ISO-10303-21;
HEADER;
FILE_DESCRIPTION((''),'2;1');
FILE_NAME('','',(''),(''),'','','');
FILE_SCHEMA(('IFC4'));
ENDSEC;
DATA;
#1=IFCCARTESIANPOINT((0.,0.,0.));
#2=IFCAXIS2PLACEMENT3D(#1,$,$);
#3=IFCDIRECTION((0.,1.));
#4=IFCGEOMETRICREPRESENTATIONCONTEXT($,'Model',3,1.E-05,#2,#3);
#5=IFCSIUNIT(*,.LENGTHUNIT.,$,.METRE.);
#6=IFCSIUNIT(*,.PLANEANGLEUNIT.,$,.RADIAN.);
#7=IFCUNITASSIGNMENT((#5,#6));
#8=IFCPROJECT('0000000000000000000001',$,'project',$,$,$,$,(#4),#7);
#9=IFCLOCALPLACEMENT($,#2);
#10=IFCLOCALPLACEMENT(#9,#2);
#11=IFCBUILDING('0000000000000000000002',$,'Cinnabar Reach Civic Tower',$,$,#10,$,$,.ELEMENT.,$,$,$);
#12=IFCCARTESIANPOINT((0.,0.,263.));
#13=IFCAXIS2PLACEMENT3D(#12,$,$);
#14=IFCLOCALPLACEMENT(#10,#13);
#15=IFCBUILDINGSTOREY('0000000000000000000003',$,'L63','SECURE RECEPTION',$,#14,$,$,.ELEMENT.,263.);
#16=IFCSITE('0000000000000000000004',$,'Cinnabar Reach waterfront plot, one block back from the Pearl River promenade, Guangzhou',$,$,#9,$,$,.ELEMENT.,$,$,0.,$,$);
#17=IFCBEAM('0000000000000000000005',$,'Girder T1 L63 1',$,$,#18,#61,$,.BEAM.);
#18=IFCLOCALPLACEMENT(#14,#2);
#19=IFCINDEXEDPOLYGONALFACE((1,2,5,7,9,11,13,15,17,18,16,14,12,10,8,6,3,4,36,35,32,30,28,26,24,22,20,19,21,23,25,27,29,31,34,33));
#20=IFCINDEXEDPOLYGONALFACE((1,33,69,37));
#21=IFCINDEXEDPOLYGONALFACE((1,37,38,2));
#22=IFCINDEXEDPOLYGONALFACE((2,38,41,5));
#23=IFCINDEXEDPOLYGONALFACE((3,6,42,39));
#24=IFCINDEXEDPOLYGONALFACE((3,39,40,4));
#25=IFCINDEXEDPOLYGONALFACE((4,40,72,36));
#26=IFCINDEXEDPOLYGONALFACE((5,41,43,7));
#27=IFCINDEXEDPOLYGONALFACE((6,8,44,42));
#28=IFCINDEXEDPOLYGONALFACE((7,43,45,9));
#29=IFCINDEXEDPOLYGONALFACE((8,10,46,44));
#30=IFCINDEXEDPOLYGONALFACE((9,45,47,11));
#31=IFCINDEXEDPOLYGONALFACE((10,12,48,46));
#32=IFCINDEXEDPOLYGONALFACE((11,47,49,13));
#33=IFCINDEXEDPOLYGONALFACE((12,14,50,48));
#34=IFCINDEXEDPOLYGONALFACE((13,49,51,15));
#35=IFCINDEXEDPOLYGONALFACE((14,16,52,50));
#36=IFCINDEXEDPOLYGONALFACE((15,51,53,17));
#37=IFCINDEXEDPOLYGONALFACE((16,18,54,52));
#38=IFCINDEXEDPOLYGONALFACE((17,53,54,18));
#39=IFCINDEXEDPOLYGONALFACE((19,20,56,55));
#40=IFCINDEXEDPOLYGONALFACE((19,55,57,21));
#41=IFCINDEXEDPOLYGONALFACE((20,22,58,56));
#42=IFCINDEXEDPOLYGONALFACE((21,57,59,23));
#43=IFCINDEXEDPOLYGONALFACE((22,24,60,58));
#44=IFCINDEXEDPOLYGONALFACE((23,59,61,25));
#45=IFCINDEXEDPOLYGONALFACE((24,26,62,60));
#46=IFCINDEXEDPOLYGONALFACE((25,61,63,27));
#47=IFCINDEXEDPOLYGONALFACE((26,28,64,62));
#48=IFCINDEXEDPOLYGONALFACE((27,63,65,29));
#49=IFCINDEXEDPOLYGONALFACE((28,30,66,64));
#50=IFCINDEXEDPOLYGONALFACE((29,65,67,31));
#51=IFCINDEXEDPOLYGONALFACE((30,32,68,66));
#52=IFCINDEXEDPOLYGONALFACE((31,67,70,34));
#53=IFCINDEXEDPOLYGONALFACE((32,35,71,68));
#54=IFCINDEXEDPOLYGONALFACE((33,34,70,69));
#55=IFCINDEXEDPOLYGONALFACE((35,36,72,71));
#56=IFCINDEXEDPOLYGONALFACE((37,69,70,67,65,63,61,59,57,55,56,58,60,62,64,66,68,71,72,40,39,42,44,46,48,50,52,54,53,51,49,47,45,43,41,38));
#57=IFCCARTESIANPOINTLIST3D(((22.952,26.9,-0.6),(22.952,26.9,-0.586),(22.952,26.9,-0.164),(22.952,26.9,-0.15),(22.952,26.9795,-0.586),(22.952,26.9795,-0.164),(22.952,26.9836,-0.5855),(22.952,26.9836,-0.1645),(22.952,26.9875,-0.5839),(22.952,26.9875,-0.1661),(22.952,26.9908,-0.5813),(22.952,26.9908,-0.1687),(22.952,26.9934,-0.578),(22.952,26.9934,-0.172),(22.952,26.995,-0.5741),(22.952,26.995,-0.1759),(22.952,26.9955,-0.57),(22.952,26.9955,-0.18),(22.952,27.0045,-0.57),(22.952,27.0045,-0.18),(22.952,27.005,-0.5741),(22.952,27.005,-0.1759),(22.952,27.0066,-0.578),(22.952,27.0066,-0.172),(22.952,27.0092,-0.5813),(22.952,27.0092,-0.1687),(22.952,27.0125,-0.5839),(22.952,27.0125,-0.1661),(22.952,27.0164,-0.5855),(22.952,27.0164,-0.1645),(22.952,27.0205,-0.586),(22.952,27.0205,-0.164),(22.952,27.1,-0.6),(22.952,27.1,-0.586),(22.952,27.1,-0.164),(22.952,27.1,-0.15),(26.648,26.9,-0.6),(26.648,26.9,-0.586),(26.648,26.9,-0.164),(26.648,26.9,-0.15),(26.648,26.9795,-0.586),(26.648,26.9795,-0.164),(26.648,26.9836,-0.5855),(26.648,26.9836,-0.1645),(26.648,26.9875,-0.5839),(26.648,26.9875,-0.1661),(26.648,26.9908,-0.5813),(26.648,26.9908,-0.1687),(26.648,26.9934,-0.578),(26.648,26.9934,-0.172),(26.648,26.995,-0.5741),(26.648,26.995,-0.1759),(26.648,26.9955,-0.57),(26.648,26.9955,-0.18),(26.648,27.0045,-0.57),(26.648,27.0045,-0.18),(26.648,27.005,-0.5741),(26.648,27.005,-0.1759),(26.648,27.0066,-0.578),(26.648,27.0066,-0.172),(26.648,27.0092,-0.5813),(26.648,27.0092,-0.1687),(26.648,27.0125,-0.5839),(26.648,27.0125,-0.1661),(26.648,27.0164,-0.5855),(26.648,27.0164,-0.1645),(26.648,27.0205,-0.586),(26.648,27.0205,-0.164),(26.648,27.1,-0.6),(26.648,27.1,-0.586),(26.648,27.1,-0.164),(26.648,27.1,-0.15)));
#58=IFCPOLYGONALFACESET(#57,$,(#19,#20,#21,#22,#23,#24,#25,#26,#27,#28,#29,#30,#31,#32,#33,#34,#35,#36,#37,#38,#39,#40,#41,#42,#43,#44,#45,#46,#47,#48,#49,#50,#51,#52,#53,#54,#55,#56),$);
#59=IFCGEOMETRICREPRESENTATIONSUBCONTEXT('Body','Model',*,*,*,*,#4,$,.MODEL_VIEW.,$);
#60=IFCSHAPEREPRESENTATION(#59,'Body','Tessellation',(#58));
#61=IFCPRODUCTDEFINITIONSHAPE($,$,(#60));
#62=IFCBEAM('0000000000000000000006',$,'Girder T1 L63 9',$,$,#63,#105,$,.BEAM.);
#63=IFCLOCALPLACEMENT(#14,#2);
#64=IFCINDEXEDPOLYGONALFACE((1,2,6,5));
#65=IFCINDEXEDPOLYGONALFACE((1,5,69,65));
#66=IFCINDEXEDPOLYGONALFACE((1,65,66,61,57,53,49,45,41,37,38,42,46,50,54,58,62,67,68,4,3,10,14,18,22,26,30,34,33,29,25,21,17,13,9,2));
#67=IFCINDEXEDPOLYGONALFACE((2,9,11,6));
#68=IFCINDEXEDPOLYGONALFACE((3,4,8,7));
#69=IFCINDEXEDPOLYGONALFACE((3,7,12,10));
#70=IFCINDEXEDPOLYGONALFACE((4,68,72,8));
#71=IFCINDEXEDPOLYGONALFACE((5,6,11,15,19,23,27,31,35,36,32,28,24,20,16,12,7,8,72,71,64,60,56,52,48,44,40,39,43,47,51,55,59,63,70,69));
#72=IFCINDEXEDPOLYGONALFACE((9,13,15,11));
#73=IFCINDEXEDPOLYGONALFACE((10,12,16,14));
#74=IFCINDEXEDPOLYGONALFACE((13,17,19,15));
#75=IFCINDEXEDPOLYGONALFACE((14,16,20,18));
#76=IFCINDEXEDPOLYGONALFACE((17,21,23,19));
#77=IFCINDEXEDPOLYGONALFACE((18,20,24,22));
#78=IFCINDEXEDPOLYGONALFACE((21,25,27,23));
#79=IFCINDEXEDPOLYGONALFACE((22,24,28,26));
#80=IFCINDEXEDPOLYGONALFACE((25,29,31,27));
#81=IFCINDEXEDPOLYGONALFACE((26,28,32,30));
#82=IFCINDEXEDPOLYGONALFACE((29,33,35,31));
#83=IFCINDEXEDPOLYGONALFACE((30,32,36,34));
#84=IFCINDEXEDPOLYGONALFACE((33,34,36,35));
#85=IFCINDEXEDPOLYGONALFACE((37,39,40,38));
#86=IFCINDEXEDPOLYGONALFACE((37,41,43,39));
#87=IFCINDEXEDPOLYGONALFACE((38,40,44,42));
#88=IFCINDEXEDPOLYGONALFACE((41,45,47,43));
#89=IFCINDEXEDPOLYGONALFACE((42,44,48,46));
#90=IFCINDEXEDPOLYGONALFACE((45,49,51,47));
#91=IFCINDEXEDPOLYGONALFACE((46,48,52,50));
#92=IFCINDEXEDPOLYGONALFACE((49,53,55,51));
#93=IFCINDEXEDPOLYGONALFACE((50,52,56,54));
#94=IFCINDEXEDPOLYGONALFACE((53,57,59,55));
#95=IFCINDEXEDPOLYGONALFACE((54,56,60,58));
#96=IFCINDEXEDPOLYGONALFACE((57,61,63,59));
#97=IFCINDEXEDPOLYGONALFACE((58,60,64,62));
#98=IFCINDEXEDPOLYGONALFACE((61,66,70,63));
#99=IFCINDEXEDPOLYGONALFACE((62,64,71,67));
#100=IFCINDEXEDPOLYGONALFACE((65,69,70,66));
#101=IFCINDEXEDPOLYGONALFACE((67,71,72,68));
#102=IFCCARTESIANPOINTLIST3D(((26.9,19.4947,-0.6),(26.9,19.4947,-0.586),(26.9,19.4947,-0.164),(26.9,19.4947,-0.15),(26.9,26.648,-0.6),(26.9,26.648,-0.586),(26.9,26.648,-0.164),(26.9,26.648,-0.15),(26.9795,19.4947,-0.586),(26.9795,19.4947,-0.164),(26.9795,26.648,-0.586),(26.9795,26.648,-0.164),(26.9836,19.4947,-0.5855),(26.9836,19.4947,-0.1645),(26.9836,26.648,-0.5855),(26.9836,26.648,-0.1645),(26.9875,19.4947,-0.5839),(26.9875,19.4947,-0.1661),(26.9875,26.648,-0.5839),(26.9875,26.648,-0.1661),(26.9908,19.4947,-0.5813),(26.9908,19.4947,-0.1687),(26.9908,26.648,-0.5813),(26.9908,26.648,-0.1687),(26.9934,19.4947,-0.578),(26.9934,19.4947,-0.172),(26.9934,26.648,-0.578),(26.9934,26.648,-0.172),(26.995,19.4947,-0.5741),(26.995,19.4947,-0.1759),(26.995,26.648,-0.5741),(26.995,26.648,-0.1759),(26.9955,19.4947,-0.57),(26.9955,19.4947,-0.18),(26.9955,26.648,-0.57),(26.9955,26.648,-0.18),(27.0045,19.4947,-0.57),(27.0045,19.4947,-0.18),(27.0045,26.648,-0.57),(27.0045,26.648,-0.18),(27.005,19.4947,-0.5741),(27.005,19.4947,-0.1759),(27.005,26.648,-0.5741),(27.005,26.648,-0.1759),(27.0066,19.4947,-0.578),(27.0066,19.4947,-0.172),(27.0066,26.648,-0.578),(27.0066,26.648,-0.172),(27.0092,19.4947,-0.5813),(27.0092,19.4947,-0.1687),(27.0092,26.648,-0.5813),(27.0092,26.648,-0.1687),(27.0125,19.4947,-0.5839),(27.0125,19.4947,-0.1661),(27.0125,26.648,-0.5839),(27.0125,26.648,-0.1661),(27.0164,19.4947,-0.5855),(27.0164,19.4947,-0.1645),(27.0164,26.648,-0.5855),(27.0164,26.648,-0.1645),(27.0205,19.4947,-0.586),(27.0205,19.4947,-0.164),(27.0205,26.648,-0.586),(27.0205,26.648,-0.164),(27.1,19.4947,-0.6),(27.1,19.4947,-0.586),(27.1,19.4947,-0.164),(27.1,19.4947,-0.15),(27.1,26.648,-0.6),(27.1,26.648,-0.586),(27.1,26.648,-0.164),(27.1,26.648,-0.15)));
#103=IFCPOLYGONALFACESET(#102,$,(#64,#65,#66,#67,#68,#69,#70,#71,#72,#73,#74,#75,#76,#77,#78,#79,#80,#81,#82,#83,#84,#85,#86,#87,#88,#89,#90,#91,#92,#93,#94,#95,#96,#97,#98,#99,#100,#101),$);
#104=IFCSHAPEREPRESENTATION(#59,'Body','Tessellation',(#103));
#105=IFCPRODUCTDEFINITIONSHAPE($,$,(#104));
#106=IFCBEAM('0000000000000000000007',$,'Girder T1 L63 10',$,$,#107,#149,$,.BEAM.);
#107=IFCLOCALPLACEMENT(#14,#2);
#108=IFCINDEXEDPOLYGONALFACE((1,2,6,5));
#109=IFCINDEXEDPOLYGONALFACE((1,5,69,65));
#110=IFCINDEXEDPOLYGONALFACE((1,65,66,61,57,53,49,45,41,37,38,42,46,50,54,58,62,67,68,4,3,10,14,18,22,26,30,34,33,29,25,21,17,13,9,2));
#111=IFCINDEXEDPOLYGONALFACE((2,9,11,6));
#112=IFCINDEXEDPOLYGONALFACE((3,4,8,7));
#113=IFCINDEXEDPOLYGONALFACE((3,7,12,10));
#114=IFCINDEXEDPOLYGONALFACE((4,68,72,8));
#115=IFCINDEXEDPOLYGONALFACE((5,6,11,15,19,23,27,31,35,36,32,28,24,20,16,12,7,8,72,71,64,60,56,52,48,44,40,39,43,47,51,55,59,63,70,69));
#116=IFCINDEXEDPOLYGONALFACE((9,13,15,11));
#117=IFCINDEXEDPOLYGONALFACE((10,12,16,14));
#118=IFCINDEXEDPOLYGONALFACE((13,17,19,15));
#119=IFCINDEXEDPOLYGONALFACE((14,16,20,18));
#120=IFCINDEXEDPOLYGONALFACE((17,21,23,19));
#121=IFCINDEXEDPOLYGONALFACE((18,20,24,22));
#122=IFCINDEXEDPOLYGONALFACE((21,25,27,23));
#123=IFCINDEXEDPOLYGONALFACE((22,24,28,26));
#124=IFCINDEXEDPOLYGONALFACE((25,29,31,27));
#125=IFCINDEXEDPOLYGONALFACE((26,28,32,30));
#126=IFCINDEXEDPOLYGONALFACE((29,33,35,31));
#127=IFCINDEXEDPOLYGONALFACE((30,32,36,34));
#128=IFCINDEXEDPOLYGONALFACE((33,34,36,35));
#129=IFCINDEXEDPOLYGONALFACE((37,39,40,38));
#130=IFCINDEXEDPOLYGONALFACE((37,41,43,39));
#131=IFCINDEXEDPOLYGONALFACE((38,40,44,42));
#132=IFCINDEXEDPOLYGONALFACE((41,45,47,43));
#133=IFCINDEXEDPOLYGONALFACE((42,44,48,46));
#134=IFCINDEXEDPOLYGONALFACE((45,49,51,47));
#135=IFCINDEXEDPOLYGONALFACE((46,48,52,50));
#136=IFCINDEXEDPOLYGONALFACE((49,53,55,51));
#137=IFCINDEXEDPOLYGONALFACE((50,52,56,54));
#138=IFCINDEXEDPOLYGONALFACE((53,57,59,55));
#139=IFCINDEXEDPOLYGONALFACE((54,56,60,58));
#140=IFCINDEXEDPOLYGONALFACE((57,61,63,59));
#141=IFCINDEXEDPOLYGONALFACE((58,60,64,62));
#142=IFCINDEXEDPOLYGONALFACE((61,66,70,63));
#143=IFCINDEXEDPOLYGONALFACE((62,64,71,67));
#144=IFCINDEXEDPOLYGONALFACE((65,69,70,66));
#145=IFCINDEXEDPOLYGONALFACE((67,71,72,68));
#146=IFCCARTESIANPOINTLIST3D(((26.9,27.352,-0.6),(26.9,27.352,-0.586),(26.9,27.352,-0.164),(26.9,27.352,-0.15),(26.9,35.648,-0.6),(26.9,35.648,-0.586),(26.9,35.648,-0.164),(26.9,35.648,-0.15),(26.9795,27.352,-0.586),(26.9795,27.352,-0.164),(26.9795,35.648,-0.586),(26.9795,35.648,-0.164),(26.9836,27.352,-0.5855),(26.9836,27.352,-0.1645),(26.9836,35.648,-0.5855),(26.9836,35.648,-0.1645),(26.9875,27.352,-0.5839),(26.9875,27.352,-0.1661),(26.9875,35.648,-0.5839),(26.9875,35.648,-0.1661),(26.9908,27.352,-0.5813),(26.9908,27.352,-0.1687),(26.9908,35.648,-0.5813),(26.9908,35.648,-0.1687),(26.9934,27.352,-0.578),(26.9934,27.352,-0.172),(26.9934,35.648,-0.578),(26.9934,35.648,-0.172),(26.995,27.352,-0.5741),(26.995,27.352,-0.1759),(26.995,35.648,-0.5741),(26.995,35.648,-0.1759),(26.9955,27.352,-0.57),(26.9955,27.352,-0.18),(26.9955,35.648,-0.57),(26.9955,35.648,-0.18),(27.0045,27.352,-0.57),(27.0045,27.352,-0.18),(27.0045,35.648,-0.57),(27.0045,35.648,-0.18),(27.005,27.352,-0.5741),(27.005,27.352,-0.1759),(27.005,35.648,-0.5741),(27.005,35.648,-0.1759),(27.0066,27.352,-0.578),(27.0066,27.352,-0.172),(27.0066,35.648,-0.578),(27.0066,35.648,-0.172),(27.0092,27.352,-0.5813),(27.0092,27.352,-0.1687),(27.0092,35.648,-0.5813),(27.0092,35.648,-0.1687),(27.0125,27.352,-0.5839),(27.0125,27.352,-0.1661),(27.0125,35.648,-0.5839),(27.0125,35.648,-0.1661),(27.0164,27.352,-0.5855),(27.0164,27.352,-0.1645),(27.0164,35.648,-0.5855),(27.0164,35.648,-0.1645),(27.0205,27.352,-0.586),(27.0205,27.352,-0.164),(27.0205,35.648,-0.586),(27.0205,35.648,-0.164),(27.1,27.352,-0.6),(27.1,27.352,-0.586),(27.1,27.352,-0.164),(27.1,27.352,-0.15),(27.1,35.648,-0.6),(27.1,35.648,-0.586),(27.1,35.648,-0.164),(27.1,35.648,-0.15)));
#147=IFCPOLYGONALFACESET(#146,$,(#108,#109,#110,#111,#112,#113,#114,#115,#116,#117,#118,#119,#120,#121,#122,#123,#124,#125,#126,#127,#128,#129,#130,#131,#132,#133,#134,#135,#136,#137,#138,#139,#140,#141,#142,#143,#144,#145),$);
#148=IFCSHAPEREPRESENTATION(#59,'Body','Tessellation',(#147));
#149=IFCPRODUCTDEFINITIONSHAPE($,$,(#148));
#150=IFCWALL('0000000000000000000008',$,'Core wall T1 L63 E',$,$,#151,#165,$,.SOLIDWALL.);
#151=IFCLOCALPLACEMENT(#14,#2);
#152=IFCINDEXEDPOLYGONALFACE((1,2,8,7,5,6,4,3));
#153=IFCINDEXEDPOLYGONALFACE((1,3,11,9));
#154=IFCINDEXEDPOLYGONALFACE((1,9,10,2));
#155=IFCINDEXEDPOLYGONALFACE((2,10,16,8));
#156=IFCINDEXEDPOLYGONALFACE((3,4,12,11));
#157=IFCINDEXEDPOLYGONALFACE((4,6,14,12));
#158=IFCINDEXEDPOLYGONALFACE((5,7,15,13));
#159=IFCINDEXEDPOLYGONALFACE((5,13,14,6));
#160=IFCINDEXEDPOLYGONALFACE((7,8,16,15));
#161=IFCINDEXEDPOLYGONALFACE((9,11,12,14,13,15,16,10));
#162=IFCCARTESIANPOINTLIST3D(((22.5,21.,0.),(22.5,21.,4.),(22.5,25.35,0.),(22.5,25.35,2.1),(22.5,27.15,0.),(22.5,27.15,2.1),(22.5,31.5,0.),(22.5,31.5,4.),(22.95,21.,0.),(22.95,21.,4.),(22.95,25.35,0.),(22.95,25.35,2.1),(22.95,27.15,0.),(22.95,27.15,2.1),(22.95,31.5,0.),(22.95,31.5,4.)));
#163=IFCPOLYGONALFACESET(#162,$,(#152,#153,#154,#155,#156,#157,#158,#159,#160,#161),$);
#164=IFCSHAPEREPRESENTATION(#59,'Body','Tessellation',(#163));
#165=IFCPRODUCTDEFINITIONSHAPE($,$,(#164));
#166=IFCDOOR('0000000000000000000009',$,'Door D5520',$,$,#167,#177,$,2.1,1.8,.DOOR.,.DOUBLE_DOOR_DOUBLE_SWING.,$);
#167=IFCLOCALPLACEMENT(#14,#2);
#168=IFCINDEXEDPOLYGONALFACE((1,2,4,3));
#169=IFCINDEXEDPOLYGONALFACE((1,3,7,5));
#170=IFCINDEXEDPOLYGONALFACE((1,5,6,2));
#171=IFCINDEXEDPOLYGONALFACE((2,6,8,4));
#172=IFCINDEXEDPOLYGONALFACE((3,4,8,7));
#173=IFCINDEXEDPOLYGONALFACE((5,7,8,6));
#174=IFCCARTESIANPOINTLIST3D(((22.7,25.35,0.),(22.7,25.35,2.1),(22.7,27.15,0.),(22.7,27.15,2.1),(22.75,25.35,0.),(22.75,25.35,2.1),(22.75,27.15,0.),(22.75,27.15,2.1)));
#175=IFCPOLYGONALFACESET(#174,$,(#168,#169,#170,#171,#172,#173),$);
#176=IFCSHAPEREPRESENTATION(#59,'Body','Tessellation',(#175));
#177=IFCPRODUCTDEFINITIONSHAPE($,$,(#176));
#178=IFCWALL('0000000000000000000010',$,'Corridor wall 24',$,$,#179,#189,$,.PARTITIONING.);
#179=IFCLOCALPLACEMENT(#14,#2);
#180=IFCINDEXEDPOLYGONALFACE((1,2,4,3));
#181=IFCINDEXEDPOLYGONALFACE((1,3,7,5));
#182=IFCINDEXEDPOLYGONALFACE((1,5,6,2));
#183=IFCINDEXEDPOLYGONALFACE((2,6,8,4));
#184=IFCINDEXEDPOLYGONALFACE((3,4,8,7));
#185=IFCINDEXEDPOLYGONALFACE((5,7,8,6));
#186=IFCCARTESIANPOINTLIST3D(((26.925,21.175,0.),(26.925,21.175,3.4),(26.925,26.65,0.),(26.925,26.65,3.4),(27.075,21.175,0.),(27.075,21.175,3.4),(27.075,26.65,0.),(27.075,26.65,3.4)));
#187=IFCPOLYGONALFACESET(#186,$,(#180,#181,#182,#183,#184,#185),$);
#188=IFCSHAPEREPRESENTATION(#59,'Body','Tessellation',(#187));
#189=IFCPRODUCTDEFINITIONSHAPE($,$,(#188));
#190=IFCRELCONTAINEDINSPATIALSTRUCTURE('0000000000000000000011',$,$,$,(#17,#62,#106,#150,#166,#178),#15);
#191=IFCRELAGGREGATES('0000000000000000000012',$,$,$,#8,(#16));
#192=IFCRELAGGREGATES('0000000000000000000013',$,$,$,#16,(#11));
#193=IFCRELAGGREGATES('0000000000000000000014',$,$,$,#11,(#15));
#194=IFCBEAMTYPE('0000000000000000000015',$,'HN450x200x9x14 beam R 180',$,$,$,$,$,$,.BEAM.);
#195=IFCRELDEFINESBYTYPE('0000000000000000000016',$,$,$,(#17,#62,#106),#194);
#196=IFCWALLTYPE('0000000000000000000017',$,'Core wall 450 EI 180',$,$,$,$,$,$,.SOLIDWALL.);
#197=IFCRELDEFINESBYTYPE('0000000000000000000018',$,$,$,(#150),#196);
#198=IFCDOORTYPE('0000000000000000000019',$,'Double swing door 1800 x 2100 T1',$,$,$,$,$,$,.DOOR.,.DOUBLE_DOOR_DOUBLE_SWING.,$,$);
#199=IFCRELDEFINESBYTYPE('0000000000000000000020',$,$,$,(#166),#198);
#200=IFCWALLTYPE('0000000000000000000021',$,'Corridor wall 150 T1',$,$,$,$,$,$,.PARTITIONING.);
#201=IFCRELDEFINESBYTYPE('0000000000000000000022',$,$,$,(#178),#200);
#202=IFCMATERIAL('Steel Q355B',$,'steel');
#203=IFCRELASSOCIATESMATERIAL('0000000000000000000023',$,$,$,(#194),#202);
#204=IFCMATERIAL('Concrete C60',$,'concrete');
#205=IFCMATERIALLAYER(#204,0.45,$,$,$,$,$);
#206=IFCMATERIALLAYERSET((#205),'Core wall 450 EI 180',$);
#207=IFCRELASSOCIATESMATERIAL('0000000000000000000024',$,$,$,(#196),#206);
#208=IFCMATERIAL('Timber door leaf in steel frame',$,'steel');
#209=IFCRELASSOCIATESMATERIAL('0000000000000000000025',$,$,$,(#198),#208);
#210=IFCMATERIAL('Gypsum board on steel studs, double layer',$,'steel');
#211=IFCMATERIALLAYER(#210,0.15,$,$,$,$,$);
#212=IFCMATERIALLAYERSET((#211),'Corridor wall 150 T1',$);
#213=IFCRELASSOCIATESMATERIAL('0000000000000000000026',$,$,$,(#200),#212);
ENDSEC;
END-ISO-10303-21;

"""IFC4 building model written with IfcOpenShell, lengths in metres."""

from ifc_helpers import new_model, si_unit, direction, frame, frame_2d, origin, origin_2d, place, context, subcontext, project, spatial, rectangle, i_section, extrude, material, layer, layer_set, material_profile, profile_set, type_object, element, fill, save


model = new_model("IFC4")

# Units and contexts
model_context = context("Model", 3, precision=1e-05, world=origin(), true_north=direction((0.0, 1.0)))
body_context = subcontext(model_context, "Body", "Model", "MODEL_VIEW")
ifc_project = project(units=[si_unit("LENGTHUNIT", "METRE"), si_unit("PLANEANGLEUNIT", "RADIAN")], contexts=[model_context])

# Site, building, storey
site_placement = place(None, origin())
site = spatial("IfcSite", under=ifc_project, at=site_placement, Name="Cinnabar Reach waterfront plot, one block back from the Pearl River promenade, Guangzhou", CompositionType="ELEMENT", RefElevation=0.0)
building_placement = place(site_placement, origin())
building = spatial("IfcBuilding", under=site, at=building_placement, Name="Cinnabar Reach Civic Tower", CompositionType="ELEMENT")
storey_placement = place(building_placement, frame((0.0, 0.0, 263.0)))
storey = spatial("IfcBuildingStorey", under=building, at=storey_placement, Name="L63", Description="SECURE RECEPTION", CompositionType="ELEMENT", Elevation=263.0)

# Shared definitions
ifc_material_1 = material(Name="Concrete C60", Category="concrete")

# Beams
ifc_material_2 = material(Name="Steel Q355B", Category="steel")
ifc_material_profile_1 = material_profile(ifc_material_2, i_section(OverallWidth=0.2, OverallDepth=0.45, WebThickness=0.009, FlangeThickness=0.014, FilletRadius=0.016, at=origin_2d()), Name="HN450x200x9x14")
ifc_profile_set_1 = profile_set([ifc_material_profile_1], Name="Steel Q355B")
beam_type_1 = type_object("IfcBeamType", Name="HN450x200x9x14 beam R 180", PredefinedType="BEAM", material=ifc_profile_set_1)
beam_1_placement = place(storey_placement, frame((22.952, 27.0, -0.375), z_axis=(1.0, 0.0, 0.0), x_axis=(0.0, 1.0, 0.0)))
element("IfcBeam", 1, at=beam_1_placement, inside=storey, type_object=beam_type_1, Name="Girder T1 L63 1", PredefinedType="BEAM", context=body_context, shape_type="SweptSolid", body=[
    extrude(i_section(OverallWidth=0.2, OverallDepth=0.45, WebThickness=0.009, FlangeThickness=0.014, FilletRadius=0.016, at=origin_2d()), origin(), (0.0, 0.0, 1.0), 3.696),
])
beam_2_placement = place(storey_placement, frame((27.0, 19.4947, -0.375), z_axis=(0.0, 1.0, 0.0), x_axis=(-1.0, 0.0, 0.0)))
element("IfcBeam", 2, at=beam_2_placement, inside=storey, type_object=beam_type_1, Name="Girder T1 L63 9", PredefinedType="BEAM", context=body_context, shape_type="SweptSolid", body=[
    extrude(i_section(OverallWidth=0.2, OverallDepth=0.45, WebThickness=0.009, FlangeThickness=0.014, FilletRadius=0.016, at=origin_2d()), origin(), (0.0, 0.0, 1.0), 7.1533),
])
beam_3_placement = place(storey_placement, frame((27.0, 27.352, -0.375), z_axis=(0.0, 1.0, 0.0), x_axis=(-1.0, 0.0, 0.0)))
element("IfcBeam", 3, at=beam_3_placement, inside=storey, type_object=beam_type_1, Name="Girder T1 L63 10", PredefinedType="BEAM", context=body_context, shape_type="SweptSolid", body=[
    extrude(i_section(OverallWidth=0.2, OverallDepth=0.45, WebThickness=0.009, FlangeThickness=0.014, FilletRadius=0.016, at=origin_2d()), origin(), (0.0, 0.0, 1.0), 8.296),
])

# Wall, opening, door
ifc_layer_1 = layer(ifc_material_1, 0.45)
ifc_layer_set_1 = layer_set([ifc_layer_1], Name="Core wall 450 EI 180")
wall_type_1 = type_object("IfcWallType", Name="Core wall 450 EI 180", PredefinedType="SOLIDWALL", material=ifc_layer_set_1)
wall_1_placement = place(storey_placement, frame((22.725, 21.0, 0.0), z_axis=(0.0, 0.0, 1.0), x_axis=(0.0, 1.0, 0.0)))
wall_1 = element("IfcWall", 4, at=wall_1_placement, inside=storey, type_object=wall_type_1, Name="Core wall T1 L63 E", PredefinedType="SOLIDWALL", context=body_context, shape_type="SweptSolid", body=[
    extrude(rectangle(XDim=10.5, YDim=0.45, at=frame_2d((5.25, 0.0))), origin(), (0.0, 0.0, 1.0), 4.0),
])
opening_1_placement = place(wall_1_placement, frame((4.35, 0.0, 0.0)))
opening_1 = element("IfcOpeningElement", 5, at=opening_1_placement, cuts=wall_1, PredefinedType="OPENING", context=body_context, shape_type="SweptSolid", body=[
    extrude(rectangle(XDim=1.8, YDim=2.1, at=frame_2d((0.9, 1.05))), frame((0.0, 0.235, 0.0), z_axis=(0.0, -1.0, 0.0), x_axis=(1.0, 0.0, 0.0)), (0.0, 0.0, 1.0), 0.47),
])
ifc_material_3 = material(Name="Timber door leaf in steel frame", Category="steel")
door_type_1 = type_object("IfcDoorType", Name="Double swing door 1800 x 2100 T1", OperationType="DOUBLE_DOOR_DOUBLE_SWING", PredefinedType="DOOR", material=ifc_material_3)
door_1_placement = place(opening_1_placement, origin())
door_1 = element("IfcDoor", 6, at=door_1_placement, inside=storey, type_object=door_type_1, Name="Door D5520", OperationType="DOUBLE_DOOR_DOUBLE_SWING", OverallHeight=2.1, OverallWidth=1.8, PredefinedType="DOOR", context=body_context, shape_type="SweptSolid", body=[
    extrude(rectangle(XDim=1.8, YDim=2.1, at=frame_2d((0.9, 1.05))), frame((0.0, 0.025, 0.0), z_axis=(0.0, -1.0, 0.0), x_axis=(1.0, 0.0, 0.0)), (0.0, 0.0, 1.0), 0.05),
])
fill(opening_1, door_1)

# Wall
ifc_material_4 = material(Name="Gypsum board on steel studs, double layer", Category="steel")
ifc_layer_2 = layer(ifc_material_4, 0.15)
ifc_layer_set_2 = layer_set([ifc_layer_2], Name="Corridor wall 150 T1")
wall_type_2 = type_object("IfcWallType", Name="Corridor wall 150 T1", PredefinedType="PARTITIONING", material=ifc_layer_set_2)
wall_2_placement = place(storey_placement, frame((27.0, 21.175, 0.0), z_axis=(0.0, 0.0, 1.0), x_axis=(0.0, 1.0, 0.0)))
element("IfcWall", 7, at=wall_2_placement, inside=storey, type_object=wall_type_2, Name="Corridor wall 24", PredefinedType="PARTITIONING", context=body_context, shape_type="SweptSolid", body=[
    extrude(rectangle(XDim=5.475, YDim=0.15, at=frame_2d((2.7375, 0.0))), origin(), (0.0, 0.0, 1.0), 3.4),
])

save(model, "model.ifc")
